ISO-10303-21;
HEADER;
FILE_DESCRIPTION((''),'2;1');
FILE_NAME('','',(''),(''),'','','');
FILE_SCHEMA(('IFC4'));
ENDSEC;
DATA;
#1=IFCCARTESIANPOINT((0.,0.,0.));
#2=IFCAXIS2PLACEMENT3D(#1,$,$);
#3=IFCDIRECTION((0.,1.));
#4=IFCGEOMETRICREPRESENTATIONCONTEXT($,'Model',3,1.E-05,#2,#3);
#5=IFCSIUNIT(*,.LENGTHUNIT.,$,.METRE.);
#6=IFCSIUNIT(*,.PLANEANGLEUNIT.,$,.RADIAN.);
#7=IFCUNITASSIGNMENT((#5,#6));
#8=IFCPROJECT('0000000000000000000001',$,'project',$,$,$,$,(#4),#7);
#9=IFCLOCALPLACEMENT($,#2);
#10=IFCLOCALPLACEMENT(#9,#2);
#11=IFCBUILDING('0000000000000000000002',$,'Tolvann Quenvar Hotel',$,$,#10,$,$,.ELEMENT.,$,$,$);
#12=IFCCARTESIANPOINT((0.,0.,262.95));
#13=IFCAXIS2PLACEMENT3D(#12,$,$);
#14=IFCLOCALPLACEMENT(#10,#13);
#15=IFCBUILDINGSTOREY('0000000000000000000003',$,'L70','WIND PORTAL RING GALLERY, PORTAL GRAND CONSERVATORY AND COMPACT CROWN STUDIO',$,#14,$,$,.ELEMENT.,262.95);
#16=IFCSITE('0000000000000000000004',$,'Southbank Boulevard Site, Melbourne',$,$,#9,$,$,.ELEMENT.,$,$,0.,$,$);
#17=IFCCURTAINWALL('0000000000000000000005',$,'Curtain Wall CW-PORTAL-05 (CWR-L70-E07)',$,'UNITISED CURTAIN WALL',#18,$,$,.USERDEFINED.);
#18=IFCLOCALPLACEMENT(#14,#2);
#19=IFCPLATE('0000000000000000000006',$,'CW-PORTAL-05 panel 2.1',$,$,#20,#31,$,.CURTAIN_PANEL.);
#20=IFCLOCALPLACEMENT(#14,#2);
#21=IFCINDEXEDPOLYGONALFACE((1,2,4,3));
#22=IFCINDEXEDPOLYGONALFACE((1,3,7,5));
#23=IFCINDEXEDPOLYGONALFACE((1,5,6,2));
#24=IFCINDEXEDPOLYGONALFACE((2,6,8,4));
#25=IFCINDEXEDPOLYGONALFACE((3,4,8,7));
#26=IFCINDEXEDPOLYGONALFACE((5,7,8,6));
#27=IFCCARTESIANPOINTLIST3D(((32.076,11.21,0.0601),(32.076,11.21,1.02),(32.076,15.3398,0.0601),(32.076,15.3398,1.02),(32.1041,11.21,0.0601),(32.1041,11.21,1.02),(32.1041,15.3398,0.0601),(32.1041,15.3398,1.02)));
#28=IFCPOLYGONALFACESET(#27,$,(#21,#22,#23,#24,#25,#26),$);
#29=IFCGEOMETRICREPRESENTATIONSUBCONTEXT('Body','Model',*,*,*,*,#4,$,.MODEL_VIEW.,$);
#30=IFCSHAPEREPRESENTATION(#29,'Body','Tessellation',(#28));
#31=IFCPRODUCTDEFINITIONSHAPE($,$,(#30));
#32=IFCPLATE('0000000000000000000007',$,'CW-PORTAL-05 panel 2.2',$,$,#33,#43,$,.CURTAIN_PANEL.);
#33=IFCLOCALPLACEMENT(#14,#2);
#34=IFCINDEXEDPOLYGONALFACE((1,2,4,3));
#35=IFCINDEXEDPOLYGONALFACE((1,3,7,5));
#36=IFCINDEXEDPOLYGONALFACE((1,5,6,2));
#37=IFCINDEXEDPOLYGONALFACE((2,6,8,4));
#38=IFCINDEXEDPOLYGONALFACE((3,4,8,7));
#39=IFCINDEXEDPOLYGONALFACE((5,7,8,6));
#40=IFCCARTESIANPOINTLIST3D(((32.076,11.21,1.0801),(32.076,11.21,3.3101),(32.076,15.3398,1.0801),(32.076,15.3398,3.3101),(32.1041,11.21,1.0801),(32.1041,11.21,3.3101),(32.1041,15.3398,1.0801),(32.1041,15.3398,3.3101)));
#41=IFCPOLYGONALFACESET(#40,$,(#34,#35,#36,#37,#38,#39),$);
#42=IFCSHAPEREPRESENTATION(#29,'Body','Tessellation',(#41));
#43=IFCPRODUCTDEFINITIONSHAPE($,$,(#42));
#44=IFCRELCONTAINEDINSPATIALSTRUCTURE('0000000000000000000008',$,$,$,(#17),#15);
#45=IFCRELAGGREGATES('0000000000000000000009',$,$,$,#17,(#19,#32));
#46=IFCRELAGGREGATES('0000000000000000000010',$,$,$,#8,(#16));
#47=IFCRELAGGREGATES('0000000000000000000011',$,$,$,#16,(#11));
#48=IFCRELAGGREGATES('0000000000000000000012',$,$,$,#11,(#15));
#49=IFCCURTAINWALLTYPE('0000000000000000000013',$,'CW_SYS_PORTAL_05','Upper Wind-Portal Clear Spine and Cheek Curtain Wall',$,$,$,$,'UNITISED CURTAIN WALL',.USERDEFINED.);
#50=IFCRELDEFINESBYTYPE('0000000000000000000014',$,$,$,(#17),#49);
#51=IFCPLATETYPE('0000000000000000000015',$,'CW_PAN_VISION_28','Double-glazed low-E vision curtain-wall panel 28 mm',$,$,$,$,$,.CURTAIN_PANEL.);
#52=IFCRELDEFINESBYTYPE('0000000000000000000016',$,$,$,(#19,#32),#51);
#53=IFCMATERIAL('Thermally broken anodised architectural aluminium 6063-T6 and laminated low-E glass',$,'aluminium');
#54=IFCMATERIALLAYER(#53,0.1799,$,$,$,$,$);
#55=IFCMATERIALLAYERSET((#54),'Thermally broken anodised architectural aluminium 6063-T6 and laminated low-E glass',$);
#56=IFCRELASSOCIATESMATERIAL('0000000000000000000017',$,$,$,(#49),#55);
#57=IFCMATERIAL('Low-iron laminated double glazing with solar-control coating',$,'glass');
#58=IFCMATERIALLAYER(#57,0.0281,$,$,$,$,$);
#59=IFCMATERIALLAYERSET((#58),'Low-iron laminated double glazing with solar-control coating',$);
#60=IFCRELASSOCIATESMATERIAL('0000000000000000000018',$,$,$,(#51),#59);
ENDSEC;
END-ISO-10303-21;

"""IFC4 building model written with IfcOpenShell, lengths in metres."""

from ifc_helpers import new_model, si_unit, direction, frame, origin, origin_2d, place, context, subcontext, project, spatial, rectangle, extrude, source, transform, mapped, material, layer, layer_set, type_object, element, aggregate, save


model = new_model("IFC4")

# Units and contexts
model_context = context("Model", 3, precision=1e-05, world=origin(), true_north=direction((0.0, 1.0)))
body_context = subcontext(model_context, "Body", "Model", "MODEL_VIEW")
ifc_project = project(units=[si_unit("LENGTHUNIT", "METRE"), si_unit("PLANEANGLEUNIT", "RADIAN")], contexts=[model_context])

# Site, building, storey
site_placement = place(None, origin())
site = spatial("IfcSite", under=ifc_project, at=site_placement, Name="Southbank Boulevard Site, Melbourne", CompositionType="ELEMENT", RefElevation=0.0)
building_placement = place(site_placement, origin())
building = spatial("IfcBuilding", under=site, at=building_placement, Name="Tolvann Quenvar Hotel", CompositionType="ELEMENT")
storey_placement = place(building_placement, frame((0.0, 0.0, 262.95)))
storey = spatial("IfcBuildingStorey", under=building, at=storey_placement, Name="L70", Description="WIND PORTAL RING GALLERY, PORTAL GRAND CONSERVATORY AND COMPACT CROWN STUDIO", CompositionType="ELEMENT", Elevation=262.95)

# Curtain wall, plates
ifc_material_1 = material(Name="Thermally broken anodised architectural aluminium 6063-T6 and laminated low-E glass", Category="aluminium")
ifc_layer_1 = layer(ifc_material_1, 0.1799)
ifc_layer_set_1 = layer_set([ifc_layer_1], Name="Thermally broken anodised architectural aluminium 6063-T6 and laminated low-E glass")
curtain_wall_type = type_object("IfcCurtainWallType", Name="CW_SYS_PORTAL_05", Description="Upper Wind-Portal Clear Spine and Cheek Curtain Wall", ElementType="UNITISED CURTAIN WALL", PredefinedType="USERDEFINED", material=ifc_layer_set_1)
curtain_wall_placement = place(storey_placement, origin())
curtain_wall = element("IfcCurtainWall", 1, at=curtain_wall_placement, inside=storey, type_object=curtain_wall_type, Name="Curtain Wall CW-PORTAL-05 (CWR-L70-E07)", ObjectType="UNITISED CURTAIN WALL", PredefinedType="USERDEFINED")
ifc_material_2 = material(Name="Low-iron laminated double glazing with solar-control coating", Category="glass")
ifc_layer_2 = layer(ifc_material_2, 0.0281)
ifc_layer_set_2 = layer_set([ifc_layer_2], Name="Low-iron laminated double glazing with solar-control coating")
plate_type = type_object("IfcPlateType", Name="CW_PAN_VISION_28", Description="Double-glazed low-E vision curtain-wall panel 28 mm", PredefinedType="CURTAIN_PANEL", material=ifc_layer_set_2)
shared_shape_1 = source(origin(), body_context, "Body", "SweptSolid", [
    extrude(rectangle(XDim=4.1299, YDim=0.0281, at=origin_2d()), origin(), (0.0, 0.0, 1.0), 0.96),
])
plate_1_placement = place(storey_placement, frame((32.0901, 13.2749, 0.0601), z_axis=(0.0, 0.0, 1.0), x_axis=(0.0, -1.0, 0.0)))
plate_1 = element("IfcPlate", 2, at=plate_1_placement, type_object=plate_type, Name="CW-PORTAL-05 panel 2.1", PredefinedType="CURTAIN_PANEL", context=body_context, shape_type="MappedRepresentation", body=[
    mapped(shared_shape_1, transform((0.0, 0.0, 0.0), x_axis=(1.0, 0.0, 0.0), y_axis=(0.0, 1.0, 0.0), z_axis=(0.0, 0.0, 1.0), scale=1.0)),
])
shared_shape_2 = source(origin(), body_context, "Body", "SweptSolid", [
    extrude(rectangle(XDim=4.1299, YDim=0.0281, at=origin_2d()), origin(), (0.0, 0.0, 1.0), 2.23),
])
plate_2_placement = place(storey_placement, frame((32.0901, 13.2749, 1.0801), z_axis=(0.0, 0.0, 1.0), x_axis=(0.0, -1.0, 0.0)))
plate_2 = element("IfcPlate", 3, at=plate_2_placement, type_object=plate_type, Name="CW-PORTAL-05 panel 2.2", PredefinedType="CURTAIN_PANEL", context=body_context, shape_type="MappedRepresentation", body=[
    mapped(shared_shape_2, transform((0.0, 0.0, 0.0), x_axis=(1.0, 0.0, 0.0), y_axis=(0.0, 1.0, 0.0), z_axis=(0.0, 0.0, 1.0), scale=1.0)),
])
aggregate(curtain_wall, [plate_1, plate_2])

save(model, "model.ifc")
